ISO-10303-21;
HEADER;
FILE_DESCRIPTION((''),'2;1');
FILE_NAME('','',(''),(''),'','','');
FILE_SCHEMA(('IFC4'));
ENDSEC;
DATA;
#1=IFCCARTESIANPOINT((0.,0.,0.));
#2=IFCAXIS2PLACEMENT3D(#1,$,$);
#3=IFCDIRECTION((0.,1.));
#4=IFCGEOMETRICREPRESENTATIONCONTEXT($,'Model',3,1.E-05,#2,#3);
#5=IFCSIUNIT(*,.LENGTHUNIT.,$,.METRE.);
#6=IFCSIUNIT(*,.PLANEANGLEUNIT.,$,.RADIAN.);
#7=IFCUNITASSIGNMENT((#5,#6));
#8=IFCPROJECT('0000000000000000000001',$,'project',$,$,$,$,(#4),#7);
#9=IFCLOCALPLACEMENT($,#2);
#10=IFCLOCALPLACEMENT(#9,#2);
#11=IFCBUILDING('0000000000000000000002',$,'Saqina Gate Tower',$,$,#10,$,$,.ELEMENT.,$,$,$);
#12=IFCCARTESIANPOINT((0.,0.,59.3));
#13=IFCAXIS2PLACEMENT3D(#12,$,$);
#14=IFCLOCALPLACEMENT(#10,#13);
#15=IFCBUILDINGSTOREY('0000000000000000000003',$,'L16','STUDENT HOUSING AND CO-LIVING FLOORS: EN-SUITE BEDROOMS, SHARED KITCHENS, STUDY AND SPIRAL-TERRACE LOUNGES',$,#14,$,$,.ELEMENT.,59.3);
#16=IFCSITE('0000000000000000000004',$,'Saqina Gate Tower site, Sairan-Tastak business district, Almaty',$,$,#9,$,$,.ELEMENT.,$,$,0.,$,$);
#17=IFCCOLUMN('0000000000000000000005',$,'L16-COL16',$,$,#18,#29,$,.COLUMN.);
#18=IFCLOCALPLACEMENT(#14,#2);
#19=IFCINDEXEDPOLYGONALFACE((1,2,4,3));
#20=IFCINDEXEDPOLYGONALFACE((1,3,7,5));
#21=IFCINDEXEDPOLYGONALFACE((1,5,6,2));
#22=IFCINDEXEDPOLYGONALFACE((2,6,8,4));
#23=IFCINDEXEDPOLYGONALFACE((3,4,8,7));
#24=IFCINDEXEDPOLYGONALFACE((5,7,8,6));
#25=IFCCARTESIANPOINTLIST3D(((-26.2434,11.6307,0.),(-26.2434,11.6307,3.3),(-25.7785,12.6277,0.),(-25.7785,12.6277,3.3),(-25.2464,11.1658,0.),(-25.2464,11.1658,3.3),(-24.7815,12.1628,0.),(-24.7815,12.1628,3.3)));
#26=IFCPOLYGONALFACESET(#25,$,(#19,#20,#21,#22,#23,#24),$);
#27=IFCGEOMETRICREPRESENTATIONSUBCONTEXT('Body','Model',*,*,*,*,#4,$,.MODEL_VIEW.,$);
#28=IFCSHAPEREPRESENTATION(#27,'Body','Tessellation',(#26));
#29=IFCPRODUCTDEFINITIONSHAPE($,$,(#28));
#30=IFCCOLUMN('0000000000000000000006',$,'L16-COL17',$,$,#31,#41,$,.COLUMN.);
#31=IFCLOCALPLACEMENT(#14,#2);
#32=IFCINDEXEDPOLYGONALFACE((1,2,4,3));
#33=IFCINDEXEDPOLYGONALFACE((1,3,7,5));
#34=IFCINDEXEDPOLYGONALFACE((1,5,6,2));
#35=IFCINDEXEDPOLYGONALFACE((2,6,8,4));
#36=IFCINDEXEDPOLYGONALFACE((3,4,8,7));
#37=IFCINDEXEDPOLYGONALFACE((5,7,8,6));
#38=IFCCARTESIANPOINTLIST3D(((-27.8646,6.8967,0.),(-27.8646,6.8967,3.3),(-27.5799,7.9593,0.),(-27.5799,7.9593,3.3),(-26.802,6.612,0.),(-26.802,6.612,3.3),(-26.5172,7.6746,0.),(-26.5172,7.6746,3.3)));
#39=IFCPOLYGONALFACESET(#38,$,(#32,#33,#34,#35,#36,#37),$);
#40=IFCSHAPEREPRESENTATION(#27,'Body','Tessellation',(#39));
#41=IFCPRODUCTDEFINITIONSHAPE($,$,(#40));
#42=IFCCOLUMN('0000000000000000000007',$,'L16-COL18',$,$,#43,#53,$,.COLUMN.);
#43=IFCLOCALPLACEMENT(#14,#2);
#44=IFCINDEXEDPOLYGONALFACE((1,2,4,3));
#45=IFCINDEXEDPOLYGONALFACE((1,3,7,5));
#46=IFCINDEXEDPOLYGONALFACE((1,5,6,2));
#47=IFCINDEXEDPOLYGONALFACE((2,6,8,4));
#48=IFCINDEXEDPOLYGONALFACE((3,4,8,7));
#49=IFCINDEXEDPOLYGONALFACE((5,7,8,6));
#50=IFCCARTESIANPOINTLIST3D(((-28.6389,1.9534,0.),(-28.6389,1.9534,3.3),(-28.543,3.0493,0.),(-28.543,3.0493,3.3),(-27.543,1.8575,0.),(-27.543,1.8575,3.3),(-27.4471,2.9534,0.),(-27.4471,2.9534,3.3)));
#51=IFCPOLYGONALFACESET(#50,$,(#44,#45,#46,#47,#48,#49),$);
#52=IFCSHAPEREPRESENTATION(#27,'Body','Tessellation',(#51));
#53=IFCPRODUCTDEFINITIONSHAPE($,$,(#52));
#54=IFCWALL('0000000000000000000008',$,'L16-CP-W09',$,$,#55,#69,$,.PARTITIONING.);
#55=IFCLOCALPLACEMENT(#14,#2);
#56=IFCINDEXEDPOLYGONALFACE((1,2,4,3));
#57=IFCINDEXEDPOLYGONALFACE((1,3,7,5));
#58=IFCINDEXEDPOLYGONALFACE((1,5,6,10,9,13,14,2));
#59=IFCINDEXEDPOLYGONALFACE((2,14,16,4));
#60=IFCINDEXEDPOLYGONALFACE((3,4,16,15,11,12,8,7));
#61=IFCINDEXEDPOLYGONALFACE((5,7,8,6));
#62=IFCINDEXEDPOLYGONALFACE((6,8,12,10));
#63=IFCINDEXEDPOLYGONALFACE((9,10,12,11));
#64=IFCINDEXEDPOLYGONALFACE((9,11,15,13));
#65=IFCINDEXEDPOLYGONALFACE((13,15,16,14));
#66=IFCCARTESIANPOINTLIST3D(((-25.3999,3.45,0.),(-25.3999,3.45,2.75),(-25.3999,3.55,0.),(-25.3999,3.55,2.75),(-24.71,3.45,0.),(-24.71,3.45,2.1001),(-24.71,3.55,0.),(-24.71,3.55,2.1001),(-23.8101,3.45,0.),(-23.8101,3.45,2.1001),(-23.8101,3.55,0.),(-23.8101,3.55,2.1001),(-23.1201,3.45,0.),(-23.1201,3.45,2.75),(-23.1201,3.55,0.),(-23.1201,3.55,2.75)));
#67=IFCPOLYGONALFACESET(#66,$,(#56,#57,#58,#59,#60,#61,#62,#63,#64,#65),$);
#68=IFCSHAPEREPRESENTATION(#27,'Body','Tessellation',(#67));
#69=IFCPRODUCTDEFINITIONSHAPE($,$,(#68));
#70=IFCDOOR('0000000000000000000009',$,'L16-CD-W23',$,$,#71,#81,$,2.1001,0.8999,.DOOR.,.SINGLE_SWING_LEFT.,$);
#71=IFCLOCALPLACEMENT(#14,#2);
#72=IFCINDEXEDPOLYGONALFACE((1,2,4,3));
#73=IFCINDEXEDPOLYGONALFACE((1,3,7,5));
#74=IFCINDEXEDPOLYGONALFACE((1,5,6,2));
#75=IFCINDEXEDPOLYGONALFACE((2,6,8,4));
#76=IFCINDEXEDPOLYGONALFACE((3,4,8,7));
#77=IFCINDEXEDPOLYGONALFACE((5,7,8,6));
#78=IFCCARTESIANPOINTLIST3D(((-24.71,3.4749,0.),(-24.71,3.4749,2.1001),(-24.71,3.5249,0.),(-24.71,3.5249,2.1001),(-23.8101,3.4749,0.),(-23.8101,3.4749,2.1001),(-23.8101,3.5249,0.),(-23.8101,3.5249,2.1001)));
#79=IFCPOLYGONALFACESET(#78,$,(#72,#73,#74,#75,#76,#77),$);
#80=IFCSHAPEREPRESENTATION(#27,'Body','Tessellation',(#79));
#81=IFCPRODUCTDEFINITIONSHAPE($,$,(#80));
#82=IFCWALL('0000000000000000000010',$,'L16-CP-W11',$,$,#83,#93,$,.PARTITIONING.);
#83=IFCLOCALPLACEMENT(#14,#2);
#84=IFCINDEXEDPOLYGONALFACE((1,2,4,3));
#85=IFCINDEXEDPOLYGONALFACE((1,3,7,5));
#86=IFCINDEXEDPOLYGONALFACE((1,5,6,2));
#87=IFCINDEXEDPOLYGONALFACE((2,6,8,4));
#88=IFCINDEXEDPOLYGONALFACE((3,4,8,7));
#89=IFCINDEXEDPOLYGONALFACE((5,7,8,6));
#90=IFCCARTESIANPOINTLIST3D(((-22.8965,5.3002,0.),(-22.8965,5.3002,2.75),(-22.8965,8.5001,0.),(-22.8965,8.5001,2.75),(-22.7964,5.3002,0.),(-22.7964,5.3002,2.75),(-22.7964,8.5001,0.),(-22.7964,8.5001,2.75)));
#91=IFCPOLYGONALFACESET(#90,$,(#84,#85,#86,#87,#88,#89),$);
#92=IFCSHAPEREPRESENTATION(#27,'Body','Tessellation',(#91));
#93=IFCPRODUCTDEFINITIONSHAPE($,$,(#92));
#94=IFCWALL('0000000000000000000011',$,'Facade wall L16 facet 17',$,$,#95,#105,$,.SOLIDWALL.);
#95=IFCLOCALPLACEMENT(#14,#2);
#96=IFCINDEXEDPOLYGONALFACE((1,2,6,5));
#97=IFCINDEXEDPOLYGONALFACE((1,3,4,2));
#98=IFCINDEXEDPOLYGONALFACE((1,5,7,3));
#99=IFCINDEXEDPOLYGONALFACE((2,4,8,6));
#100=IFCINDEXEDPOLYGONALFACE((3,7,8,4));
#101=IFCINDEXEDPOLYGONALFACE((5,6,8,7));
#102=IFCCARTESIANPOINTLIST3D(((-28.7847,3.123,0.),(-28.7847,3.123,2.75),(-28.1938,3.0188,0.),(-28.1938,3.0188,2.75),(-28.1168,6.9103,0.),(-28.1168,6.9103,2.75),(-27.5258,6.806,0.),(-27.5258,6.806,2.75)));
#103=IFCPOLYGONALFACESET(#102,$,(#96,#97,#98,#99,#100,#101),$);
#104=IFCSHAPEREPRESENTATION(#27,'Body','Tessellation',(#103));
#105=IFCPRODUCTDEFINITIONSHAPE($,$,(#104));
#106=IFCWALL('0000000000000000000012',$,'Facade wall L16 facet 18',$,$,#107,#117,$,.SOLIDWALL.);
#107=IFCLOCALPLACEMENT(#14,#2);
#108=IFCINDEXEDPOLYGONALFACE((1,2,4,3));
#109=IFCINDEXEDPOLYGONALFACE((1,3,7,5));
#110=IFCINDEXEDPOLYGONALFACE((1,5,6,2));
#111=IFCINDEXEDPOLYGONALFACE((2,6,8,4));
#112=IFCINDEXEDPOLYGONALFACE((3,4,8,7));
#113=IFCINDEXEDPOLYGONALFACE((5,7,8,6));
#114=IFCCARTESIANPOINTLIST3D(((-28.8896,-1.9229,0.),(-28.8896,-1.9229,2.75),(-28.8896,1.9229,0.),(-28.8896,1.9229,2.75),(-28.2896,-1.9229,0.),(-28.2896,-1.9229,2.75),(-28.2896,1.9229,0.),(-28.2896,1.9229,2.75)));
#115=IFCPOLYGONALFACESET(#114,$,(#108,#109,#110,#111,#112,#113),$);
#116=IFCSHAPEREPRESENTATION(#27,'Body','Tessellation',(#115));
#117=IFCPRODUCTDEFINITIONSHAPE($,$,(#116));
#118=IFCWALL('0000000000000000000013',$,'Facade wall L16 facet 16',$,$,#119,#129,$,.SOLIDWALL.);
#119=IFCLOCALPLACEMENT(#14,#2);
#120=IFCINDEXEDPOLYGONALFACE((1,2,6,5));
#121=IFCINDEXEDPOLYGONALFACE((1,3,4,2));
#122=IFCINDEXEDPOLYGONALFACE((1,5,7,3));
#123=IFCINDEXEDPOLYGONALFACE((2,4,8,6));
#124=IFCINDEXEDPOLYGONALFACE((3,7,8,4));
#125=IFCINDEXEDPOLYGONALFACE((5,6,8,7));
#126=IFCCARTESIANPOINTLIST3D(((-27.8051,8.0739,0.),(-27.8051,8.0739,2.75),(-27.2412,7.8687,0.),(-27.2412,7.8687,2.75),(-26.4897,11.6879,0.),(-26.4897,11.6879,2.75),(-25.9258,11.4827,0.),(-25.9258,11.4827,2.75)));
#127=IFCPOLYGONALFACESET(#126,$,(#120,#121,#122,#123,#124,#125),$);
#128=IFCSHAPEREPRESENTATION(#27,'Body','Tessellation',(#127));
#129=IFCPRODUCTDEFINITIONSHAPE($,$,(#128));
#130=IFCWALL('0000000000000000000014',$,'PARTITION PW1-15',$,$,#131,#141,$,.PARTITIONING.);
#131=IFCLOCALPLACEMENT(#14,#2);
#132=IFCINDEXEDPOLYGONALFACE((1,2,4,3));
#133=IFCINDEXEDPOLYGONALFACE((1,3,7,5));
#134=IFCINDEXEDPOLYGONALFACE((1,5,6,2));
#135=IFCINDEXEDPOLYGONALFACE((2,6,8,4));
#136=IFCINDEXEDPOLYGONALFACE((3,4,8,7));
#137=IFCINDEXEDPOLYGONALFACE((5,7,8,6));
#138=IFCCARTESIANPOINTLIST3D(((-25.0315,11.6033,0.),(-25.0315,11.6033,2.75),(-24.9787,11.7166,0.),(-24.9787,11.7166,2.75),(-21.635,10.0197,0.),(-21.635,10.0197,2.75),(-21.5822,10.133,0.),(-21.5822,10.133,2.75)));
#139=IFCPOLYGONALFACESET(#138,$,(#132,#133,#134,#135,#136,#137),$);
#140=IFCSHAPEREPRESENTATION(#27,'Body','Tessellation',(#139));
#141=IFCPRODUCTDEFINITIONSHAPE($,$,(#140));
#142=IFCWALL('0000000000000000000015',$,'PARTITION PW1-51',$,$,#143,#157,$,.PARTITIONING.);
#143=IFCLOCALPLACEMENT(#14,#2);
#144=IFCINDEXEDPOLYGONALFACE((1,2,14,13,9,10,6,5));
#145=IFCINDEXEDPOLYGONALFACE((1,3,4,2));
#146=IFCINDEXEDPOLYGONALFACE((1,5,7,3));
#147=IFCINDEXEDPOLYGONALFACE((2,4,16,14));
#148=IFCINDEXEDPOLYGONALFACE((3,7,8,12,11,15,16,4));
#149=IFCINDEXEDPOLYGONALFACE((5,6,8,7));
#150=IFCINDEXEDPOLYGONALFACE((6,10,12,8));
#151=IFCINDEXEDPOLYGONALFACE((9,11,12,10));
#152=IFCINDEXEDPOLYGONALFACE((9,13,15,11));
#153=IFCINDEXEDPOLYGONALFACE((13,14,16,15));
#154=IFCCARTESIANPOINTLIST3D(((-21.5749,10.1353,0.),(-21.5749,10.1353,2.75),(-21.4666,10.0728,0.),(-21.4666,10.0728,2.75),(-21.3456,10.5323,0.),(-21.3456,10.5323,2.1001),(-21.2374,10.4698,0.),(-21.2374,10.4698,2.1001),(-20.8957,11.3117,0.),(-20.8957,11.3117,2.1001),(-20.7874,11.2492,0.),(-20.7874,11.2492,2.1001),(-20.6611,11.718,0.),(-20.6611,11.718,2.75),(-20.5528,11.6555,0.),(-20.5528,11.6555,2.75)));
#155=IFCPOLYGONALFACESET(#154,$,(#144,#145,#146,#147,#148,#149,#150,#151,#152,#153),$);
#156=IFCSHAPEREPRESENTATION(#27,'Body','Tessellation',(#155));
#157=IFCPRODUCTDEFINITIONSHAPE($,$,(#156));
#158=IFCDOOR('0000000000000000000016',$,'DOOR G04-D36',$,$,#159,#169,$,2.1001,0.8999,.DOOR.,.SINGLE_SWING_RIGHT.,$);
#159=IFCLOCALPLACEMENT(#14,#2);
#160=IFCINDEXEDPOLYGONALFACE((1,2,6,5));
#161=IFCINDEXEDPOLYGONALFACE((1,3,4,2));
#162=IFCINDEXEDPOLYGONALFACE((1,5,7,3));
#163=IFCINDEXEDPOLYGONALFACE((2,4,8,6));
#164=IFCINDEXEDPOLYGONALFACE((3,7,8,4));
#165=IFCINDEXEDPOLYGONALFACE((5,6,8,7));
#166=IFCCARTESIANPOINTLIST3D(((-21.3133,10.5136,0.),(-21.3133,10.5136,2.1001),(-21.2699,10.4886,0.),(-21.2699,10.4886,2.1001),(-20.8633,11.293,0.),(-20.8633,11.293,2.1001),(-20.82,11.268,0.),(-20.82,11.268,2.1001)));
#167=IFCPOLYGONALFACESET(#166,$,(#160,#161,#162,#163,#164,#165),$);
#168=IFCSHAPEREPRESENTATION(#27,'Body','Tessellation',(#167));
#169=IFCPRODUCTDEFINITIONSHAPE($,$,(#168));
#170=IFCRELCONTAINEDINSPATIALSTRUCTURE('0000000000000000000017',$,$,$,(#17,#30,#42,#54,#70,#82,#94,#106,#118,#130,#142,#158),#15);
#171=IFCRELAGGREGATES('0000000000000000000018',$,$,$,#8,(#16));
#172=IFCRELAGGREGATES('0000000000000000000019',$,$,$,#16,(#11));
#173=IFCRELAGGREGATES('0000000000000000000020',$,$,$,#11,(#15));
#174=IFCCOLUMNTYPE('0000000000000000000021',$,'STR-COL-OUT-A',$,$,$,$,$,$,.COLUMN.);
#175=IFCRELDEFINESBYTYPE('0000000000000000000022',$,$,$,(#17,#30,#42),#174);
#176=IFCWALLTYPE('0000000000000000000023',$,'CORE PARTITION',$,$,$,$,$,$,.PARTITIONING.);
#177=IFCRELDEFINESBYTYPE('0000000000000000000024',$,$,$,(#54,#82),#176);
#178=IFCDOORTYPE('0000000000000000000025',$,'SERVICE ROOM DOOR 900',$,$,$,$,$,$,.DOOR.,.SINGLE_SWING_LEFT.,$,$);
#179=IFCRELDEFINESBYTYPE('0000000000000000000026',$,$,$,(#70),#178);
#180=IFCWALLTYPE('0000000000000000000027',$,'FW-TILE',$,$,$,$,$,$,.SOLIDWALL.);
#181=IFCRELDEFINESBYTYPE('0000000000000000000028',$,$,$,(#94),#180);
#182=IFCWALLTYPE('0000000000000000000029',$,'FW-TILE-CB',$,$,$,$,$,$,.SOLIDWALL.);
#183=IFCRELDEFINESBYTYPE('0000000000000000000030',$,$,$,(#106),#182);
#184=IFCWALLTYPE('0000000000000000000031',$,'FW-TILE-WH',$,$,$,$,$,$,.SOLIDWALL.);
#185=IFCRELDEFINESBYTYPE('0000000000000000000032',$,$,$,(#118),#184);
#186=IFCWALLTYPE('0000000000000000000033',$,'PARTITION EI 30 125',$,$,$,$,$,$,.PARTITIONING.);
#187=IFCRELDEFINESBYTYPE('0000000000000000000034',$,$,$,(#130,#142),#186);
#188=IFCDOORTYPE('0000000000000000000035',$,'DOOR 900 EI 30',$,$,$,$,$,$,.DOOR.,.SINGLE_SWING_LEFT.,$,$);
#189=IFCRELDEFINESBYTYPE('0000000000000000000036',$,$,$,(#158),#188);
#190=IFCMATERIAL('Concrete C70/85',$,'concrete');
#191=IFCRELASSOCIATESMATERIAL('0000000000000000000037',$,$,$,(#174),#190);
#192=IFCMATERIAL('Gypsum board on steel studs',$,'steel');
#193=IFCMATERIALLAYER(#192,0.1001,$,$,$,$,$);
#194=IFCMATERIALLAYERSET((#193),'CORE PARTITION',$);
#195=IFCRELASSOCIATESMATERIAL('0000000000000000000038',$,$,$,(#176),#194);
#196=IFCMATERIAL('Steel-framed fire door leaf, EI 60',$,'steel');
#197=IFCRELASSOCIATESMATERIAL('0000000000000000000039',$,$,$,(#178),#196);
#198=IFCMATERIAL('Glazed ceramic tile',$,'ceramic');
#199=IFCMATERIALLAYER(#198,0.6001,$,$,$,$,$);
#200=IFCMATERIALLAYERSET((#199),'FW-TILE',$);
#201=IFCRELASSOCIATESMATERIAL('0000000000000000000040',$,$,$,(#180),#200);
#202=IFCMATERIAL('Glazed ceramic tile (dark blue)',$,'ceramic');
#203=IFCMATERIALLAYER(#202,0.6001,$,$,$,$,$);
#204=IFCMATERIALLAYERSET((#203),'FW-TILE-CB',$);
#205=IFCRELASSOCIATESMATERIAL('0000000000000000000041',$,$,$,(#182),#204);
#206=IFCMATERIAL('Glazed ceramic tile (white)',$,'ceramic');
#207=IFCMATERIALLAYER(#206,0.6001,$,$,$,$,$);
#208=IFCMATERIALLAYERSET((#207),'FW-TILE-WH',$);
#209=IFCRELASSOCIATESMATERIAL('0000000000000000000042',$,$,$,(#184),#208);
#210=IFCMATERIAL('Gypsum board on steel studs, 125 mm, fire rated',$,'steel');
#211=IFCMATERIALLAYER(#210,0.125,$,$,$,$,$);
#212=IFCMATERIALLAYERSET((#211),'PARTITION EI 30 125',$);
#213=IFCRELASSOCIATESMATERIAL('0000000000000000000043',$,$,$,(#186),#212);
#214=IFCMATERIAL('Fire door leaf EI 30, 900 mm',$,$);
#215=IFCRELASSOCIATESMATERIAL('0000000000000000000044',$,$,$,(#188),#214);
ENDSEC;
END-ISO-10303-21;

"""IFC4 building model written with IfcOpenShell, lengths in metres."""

from ifc_helpers import new_model, si_unit, direction, frame, frame_2d, origin, origin_2d, place, context, subcontext, project, spatial, rectangle, extrude, material, layer, layer_set, material_profile, profile_set, type_object, element, fill, save


model = new_model("IFC4")

# Units and contexts
model_context = context("Model", 3, precision=1e-05, world=origin(), true_north=direction((0.0, 1.0)))
body_context = subcontext(model_context, "Body", "Model", "MODEL_VIEW")
ifc_project = project(units=[si_unit("LENGTHUNIT", "METRE"), si_unit("PLANEANGLEUNIT", "RADIAN")], contexts=[model_context])

# Site, building, storey
site_placement = place(None, origin())
site = spatial("IfcSite", under=ifc_project, at=site_placement, Name="Saqina Gate Tower site, Sairan-Tastak business district, Almaty", CompositionType="ELEMENT", RefElevation=0.0)
building_placement = place(site_placement, origin())
building = spatial("IfcBuilding", under=site, at=building_placement, Name="Saqina Gate Tower", CompositionType="ELEMENT")
storey_placement = place(building_placement, frame((0.0, 0.0, 59.3)))
storey = spatial("IfcBuildingStorey", under=building, at=storey_placement, Name="L16", Description="STUDENT HOUSING AND CO-LIVING FLOORS: EN-SUITE BEDROOMS, SHARED KITCHENS, STUDY AND SPIRAL-TERRACE LOUNGES", CompositionType="ELEMENT", Elevation=59.3)

# Columns
ifc_material_1 = material(Name="Concrete C70/85", Category="concrete")
ifc_material_profile = material_profile(ifc_material_1, rectangle(XDim=1.1001, YDim=1.1001, at=origin_2d()), Name="RC 1100x1100")
ifc_profile_set = profile_set([ifc_material_profile], Name="Concrete C70/85")
column_type = type_object("IfcColumnType", Name="STR-COL-OUT-A", PredefinedType="COLUMN", material=ifc_profile_set)
for number, where, z_axis, x_axis, name in (
    (1, (-25.5125, 11.8967, 0.0), (0.0, 0.0, 1.0), (-0.906308, 0.422618, 0.0), "L16-COL16"),
    (2, (-27.1909, 7.2856, 0.0), (0.0, 0.0, 1.0), (-0.965926, 0.258819, 0.0), "L16-COL17"),
    (3, (-28.043, 2.4534, 0.0), (0.0, 0.0, 1.0), (-0.996195, 0.087156, 0.0), "L16-COL18"),
):
    element("IfcColumn", number, at=place(storey_placement, frame(where, z_axis=z_axis, x_axis=x_axis)), inside=storey, type_object=column_type, Name=name, PredefinedType="COLUMN", context=body_context, shape_type="SweptSolid", body=[
        extrude(rectangle(XDim=1.1001, YDim=1.1001, at=origin_2d()), origin(), (0.0, 0.0, 1.0), 3.3),
    ])

# Wall, opening, door
ifc_material_2 = material(Name="Gypsum board on steel studs", Category="steel")
ifc_layer_1 = layer(ifc_material_2, 0.1001)
ifc_layer_set_1 = layer_set([ifc_layer_1], Name="CORE PARTITION")
wall_type_1 = type_object("IfcWallType", Name="CORE PARTITION", PredefinedType="PARTITIONING", material=ifc_layer_set_1)
wall_1_placement = place(storey_placement, frame((-23.1201, 3.5, 0.0), z_axis=(0.0, 0.0, 1.0), x_axis=(-1.0, 0.0, 0.0)))
wall_1 = element("IfcWall", 4, at=wall_1_placement, inside=storey, type_object=wall_type_1, Name="L16-CP-W09", PredefinedType="PARTITIONING", context=body_context, shape_type="SweptSolid", body=[
    extrude(rectangle(XDim=2.2798, YDim=0.1001, at=frame_2d((1.1399, 0.0))), origin(), (0.0, 0.0, 1.0), 2.75),
])
opening_1_placement = place(wall_1_placement, frame((0.6899, 0.0, 0.0)))
opening_1 = element("IfcOpeningElement", 5, at=opening_1_placement, cuts=wall_1, PredefinedType="OPENING", context=body_context, shape_type="SweptSolid", body=[
    extrude(rectangle(XDim=0.8999, YDim=2.1001, at=frame_2d((0.45, 1.05))), frame((0.0, 0.062, 0.0), z_axis=(0.0, -1.0, 0.0), x_axis=(1.0, 0.0, 0.0)), (0.0, 0.0, 1.0), 0.124),
])
ifc_material_3 = material(Name="Steel-framed fire door leaf, EI 60", Category="steel")
door_type_1 = type_object("IfcDoorType", Name="SERVICE ROOM DOOR 900", OperationType="SINGLE_SWING_LEFT", PredefinedType="DOOR", material=ifc_material_3)
door_1_placement = place(opening_1_placement, frame((0.8999, 0.0, 0.0), z_axis=(0.0, 0.0, 1.0), x_axis=(-1.0, 0.0, 0.0)))
door_1 = element("IfcDoor", 6, at=door_1_placement, inside=storey, type_object=door_type_1, Name="L16-CD-W23", OperationType="SINGLE_SWING_LEFT", OverallHeight=2.1001, OverallWidth=0.8999, PredefinedType="DOOR", context=body_context, shape_type="SweptSolid", body=[
    extrude(rectangle(XDim=0.8999, YDim=2.1001, at=frame_2d((0.45, 1.05))), frame((0.0, 0.0249, 0.0), z_axis=(0.0, -1.0, 0.0), x_axis=(1.0, 0.0, 0.0)), (0.0, 0.0, 1.0), 0.05),
])
fill(opening_1, door_1)

# Walls
wall_2_placement = place(storey_placement, frame((-22.8464, 5.3, 0.0), z_axis=(0.0, 0.0, 1.0), x_axis=(0.0, 1.0, 0.0)))
element("IfcWall", 7, at=wall_2_placement, inside=storey, type_object=wall_type_1, Name="L16-CP-W11", PredefinedType="PARTITIONING", context=body_context, shape_type="SweptSolid", body=[
    extrude(rectangle(XDim=3.2, YDim=0.1001, at=frame_2d((1.6001, 0.0))), origin(), (0.0, 0.0, 1.0), 2.75),
])
ifc_material_4 = material(Name="Glazed ceramic tile", Category="ceramic")
ifc_layer_2 = layer(ifc_material_4, 0.6001)
ifc_layer_set_2 = layer_set([ifc_layer_2], Name="FW-TILE")
wall_type_2 = type_object("IfcWallType", Name="FW-TILE", PredefinedType="SOLIDWALL", material=ifc_layer_set_2)
wall_3_placement = place(storey_placement, frame((-27.8213, 6.8582, 0.0), z_axis=(0.0, 0.0, 1.0), x_axis=(-0.173688, -0.984801, 0.0)))
element("IfcWall", 8, at=wall_3_placement, inside=storey, type_object=wall_type_2, Name="Facade wall L16 facet 17", PredefinedType="SOLIDWALL", context=body_context, shape_type="SweptSolid", body=[
    extrude(rectangle(XDim=3.8457, YDim=0.6001, at=frame_2d((1.9229, 0.0))), origin(), (0.0, 0.0, 1.0), 2.75),
])
ifc_material_5 = material(Name="Glazed ceramic tile (dark blue)", Category="ceramic")
ifc_layer_3 = layer(ifc_material_5, 0.6001)
ifc_layer_set_3 = layer_set([ifc_layer_3], Name="FW-TILE-CB")
wall_type_3 = type_object("IfcWallType", Name="FW-TILE-CB", PredefinedType="SOLIDWALL", material=ifc_layer_set_3)
wall_4_placement = place(storey_placement, frame((-28.5896, 1.9229, 0.0), z_axis=(0.0, 0.0, 1.0), x_axis=(0.0, -1.0, 0.0)))
element("IfcWall", 9, at=wall_4_placement, inside=storey, type_object=wall_type_3, Name="Facade wall L16 facet 18", PredefinedType="SOLIDWALL", context=body_context, shape_type="SweptSolid", body=[
    extrude(rectangle(XDim=3.8457, YDim=0.6001, at=frame_2d((1.9229, 0.0))), origin(), (0.0, 0.0, 1.0), 2.75),
])
ifc_material_6 = material(Name="Glazed ceramic tile (white)", Category="ceramic")
ifc_layer_4 = layer(ifc_material_6, 0.6001)
ifc_layer_set_4 = layer_set([ifc_layer_4], Name="FW-TILE-WH")
wall_type_4 = type_object("IfcWallType", Name="FW-TILE-WH", PredefinedType="SOLIDWALL", material=ifc_layer_set_4)
wall_5_placement = place(storey_placement, frame((-26.2078, 11.5852, 0.0), z_axis=(0.0, 0.0, 1.0), x_axis=(-0.342028, -0.93969, 0.0)))
element("IfcWall", 10, at=wall_5_placement, inside=storey, type_object=wall_type_4, Name="Facade wall L16 facet 16", PredefinedType="SOLIDWALL", context=body_context, shape_type="SweptSolid", body=[
    extrude(rectangle(XDim=3.8459, YDim=0.6001, at=frame_2d((1.9229, 0.0))), origin(), (0.0, 0.0, 1.0), 2.75),
])
ifc_material_7 = material(Name="Gypsum board on steel studs, 125 mm, fire rated", Category="steel")
ifc_layer_5 = layer(ifc_material_7, 0.125)
ifc_layer_set_5 = layer_set([ifc_layer_5], Name="PARTITION EI 30 125")
wall_type_5 = type_object("IfcWallType", Name="PARTITION EI 30 125", PredefinedType="PARTITIONING", material=ifc_layer_set_5)
wall_6_placement = place(storey_placement, frame((-25.0051, 11.6599, 0.0), z_axis=(0.0, 0.0, 1.0), x_axis=(0.90634, -0.42255, 0.0)))
element("IfcWall", 11, at=wall_6_placement, inside=storey, type_object=wall_type_5, Name="PARTITION PW1-15", PredefinedType="PARTITIONING", context=body_context, shape_type="SweptSolid", body=[
    extrude(rectangle(XDim=3.7476, YDim=0.125, at=frame_2d((1.8738, 0.0))), origin(), (0.0, 0.0, 1.0), 2.75),
])

# Wall, opening, door
wall_7_placement = place(storey_placement, frame((-21.5208, 10.104, 0.0), z_axis=(0.0, 0.0, 1.0), x_axis=(0.500004, 0.866023, 0.0)))
wall_7 = element("IfcWall", 12, at=wall_7_placement, inside=storey, type_object=wall_type_5, Name="PARTITION PW1-51", PredefinedType="PARTITIONING", context=body_context, shape_type="SweptSolid", body=[
    extrude(rectangle(XDim=1.8276, YDim=0.125, at=frame_2d((0.9138, 0.0))), origin(), (0.0, 0.0, 1.0), 2.75),
])
opening_2_placement = place(wall_7_placement, frame((0.4585, 0.0, 0.0)))
opening_2 = element("IfcOpeningElement", 13, at=opening_2_placement, cuts=wall_7, PredefinedType="OPENING", context=body_context, shape_type="SweptSolid", body=[
    extrude(rectangle(XDim=0.8999, YDim=2.1001, at=frame_2d((0.45, 1.05))), frame((0.0, 0.0745, 0.0), z_axis=(0.0, -1.0, 0.0), x_axis=(1.0, 0.0, 0.0)), (0.0, 0.0, 1.0), 0.1489),
])
ifc_material_8 = material(Name="Fire door leaf EI 30, 900 mm")
door_type_2 = type_object("IfcDoorType", Name="DOOR 900 EI 30", OperationType="SINGLE_SWING_LEFT", PredefinedType="DOOR", material=ifc_material_8)
door_2_placement = place(opening_2_placement, frame((0.8999, 0.0, 0.0), z_axis=(0.0, 0.0, 1.0), x_axis=(-1.0, 0.0, 0.0)))
door_2 = element("IfcDoor", 14, at=door_2_placement, inside=storey, type_object=door_type_2, Name="DOOR G04-D36", OperationType="SINGLE_SWING_RIGHT", OverallHeight=2.1001, OverallWidth=0.8999, PredefinedType="DOOR", context=body_context, shape_type="SweptSolid", body=[
    extrude(rectangle(XDim=0.8999, YDim=2.1001, at=frame_2d((0.45, 1.05))), frame((0.0, 0.0249, 0.0), z_axis=(0.0, -1.0, 0.0), x_axis=(1.0, 0.0, 0.0)), (0.0, 0.0, 1.0), 0.05),
])
fill(opening_2, door_2)

save(model, "model.ifc")
